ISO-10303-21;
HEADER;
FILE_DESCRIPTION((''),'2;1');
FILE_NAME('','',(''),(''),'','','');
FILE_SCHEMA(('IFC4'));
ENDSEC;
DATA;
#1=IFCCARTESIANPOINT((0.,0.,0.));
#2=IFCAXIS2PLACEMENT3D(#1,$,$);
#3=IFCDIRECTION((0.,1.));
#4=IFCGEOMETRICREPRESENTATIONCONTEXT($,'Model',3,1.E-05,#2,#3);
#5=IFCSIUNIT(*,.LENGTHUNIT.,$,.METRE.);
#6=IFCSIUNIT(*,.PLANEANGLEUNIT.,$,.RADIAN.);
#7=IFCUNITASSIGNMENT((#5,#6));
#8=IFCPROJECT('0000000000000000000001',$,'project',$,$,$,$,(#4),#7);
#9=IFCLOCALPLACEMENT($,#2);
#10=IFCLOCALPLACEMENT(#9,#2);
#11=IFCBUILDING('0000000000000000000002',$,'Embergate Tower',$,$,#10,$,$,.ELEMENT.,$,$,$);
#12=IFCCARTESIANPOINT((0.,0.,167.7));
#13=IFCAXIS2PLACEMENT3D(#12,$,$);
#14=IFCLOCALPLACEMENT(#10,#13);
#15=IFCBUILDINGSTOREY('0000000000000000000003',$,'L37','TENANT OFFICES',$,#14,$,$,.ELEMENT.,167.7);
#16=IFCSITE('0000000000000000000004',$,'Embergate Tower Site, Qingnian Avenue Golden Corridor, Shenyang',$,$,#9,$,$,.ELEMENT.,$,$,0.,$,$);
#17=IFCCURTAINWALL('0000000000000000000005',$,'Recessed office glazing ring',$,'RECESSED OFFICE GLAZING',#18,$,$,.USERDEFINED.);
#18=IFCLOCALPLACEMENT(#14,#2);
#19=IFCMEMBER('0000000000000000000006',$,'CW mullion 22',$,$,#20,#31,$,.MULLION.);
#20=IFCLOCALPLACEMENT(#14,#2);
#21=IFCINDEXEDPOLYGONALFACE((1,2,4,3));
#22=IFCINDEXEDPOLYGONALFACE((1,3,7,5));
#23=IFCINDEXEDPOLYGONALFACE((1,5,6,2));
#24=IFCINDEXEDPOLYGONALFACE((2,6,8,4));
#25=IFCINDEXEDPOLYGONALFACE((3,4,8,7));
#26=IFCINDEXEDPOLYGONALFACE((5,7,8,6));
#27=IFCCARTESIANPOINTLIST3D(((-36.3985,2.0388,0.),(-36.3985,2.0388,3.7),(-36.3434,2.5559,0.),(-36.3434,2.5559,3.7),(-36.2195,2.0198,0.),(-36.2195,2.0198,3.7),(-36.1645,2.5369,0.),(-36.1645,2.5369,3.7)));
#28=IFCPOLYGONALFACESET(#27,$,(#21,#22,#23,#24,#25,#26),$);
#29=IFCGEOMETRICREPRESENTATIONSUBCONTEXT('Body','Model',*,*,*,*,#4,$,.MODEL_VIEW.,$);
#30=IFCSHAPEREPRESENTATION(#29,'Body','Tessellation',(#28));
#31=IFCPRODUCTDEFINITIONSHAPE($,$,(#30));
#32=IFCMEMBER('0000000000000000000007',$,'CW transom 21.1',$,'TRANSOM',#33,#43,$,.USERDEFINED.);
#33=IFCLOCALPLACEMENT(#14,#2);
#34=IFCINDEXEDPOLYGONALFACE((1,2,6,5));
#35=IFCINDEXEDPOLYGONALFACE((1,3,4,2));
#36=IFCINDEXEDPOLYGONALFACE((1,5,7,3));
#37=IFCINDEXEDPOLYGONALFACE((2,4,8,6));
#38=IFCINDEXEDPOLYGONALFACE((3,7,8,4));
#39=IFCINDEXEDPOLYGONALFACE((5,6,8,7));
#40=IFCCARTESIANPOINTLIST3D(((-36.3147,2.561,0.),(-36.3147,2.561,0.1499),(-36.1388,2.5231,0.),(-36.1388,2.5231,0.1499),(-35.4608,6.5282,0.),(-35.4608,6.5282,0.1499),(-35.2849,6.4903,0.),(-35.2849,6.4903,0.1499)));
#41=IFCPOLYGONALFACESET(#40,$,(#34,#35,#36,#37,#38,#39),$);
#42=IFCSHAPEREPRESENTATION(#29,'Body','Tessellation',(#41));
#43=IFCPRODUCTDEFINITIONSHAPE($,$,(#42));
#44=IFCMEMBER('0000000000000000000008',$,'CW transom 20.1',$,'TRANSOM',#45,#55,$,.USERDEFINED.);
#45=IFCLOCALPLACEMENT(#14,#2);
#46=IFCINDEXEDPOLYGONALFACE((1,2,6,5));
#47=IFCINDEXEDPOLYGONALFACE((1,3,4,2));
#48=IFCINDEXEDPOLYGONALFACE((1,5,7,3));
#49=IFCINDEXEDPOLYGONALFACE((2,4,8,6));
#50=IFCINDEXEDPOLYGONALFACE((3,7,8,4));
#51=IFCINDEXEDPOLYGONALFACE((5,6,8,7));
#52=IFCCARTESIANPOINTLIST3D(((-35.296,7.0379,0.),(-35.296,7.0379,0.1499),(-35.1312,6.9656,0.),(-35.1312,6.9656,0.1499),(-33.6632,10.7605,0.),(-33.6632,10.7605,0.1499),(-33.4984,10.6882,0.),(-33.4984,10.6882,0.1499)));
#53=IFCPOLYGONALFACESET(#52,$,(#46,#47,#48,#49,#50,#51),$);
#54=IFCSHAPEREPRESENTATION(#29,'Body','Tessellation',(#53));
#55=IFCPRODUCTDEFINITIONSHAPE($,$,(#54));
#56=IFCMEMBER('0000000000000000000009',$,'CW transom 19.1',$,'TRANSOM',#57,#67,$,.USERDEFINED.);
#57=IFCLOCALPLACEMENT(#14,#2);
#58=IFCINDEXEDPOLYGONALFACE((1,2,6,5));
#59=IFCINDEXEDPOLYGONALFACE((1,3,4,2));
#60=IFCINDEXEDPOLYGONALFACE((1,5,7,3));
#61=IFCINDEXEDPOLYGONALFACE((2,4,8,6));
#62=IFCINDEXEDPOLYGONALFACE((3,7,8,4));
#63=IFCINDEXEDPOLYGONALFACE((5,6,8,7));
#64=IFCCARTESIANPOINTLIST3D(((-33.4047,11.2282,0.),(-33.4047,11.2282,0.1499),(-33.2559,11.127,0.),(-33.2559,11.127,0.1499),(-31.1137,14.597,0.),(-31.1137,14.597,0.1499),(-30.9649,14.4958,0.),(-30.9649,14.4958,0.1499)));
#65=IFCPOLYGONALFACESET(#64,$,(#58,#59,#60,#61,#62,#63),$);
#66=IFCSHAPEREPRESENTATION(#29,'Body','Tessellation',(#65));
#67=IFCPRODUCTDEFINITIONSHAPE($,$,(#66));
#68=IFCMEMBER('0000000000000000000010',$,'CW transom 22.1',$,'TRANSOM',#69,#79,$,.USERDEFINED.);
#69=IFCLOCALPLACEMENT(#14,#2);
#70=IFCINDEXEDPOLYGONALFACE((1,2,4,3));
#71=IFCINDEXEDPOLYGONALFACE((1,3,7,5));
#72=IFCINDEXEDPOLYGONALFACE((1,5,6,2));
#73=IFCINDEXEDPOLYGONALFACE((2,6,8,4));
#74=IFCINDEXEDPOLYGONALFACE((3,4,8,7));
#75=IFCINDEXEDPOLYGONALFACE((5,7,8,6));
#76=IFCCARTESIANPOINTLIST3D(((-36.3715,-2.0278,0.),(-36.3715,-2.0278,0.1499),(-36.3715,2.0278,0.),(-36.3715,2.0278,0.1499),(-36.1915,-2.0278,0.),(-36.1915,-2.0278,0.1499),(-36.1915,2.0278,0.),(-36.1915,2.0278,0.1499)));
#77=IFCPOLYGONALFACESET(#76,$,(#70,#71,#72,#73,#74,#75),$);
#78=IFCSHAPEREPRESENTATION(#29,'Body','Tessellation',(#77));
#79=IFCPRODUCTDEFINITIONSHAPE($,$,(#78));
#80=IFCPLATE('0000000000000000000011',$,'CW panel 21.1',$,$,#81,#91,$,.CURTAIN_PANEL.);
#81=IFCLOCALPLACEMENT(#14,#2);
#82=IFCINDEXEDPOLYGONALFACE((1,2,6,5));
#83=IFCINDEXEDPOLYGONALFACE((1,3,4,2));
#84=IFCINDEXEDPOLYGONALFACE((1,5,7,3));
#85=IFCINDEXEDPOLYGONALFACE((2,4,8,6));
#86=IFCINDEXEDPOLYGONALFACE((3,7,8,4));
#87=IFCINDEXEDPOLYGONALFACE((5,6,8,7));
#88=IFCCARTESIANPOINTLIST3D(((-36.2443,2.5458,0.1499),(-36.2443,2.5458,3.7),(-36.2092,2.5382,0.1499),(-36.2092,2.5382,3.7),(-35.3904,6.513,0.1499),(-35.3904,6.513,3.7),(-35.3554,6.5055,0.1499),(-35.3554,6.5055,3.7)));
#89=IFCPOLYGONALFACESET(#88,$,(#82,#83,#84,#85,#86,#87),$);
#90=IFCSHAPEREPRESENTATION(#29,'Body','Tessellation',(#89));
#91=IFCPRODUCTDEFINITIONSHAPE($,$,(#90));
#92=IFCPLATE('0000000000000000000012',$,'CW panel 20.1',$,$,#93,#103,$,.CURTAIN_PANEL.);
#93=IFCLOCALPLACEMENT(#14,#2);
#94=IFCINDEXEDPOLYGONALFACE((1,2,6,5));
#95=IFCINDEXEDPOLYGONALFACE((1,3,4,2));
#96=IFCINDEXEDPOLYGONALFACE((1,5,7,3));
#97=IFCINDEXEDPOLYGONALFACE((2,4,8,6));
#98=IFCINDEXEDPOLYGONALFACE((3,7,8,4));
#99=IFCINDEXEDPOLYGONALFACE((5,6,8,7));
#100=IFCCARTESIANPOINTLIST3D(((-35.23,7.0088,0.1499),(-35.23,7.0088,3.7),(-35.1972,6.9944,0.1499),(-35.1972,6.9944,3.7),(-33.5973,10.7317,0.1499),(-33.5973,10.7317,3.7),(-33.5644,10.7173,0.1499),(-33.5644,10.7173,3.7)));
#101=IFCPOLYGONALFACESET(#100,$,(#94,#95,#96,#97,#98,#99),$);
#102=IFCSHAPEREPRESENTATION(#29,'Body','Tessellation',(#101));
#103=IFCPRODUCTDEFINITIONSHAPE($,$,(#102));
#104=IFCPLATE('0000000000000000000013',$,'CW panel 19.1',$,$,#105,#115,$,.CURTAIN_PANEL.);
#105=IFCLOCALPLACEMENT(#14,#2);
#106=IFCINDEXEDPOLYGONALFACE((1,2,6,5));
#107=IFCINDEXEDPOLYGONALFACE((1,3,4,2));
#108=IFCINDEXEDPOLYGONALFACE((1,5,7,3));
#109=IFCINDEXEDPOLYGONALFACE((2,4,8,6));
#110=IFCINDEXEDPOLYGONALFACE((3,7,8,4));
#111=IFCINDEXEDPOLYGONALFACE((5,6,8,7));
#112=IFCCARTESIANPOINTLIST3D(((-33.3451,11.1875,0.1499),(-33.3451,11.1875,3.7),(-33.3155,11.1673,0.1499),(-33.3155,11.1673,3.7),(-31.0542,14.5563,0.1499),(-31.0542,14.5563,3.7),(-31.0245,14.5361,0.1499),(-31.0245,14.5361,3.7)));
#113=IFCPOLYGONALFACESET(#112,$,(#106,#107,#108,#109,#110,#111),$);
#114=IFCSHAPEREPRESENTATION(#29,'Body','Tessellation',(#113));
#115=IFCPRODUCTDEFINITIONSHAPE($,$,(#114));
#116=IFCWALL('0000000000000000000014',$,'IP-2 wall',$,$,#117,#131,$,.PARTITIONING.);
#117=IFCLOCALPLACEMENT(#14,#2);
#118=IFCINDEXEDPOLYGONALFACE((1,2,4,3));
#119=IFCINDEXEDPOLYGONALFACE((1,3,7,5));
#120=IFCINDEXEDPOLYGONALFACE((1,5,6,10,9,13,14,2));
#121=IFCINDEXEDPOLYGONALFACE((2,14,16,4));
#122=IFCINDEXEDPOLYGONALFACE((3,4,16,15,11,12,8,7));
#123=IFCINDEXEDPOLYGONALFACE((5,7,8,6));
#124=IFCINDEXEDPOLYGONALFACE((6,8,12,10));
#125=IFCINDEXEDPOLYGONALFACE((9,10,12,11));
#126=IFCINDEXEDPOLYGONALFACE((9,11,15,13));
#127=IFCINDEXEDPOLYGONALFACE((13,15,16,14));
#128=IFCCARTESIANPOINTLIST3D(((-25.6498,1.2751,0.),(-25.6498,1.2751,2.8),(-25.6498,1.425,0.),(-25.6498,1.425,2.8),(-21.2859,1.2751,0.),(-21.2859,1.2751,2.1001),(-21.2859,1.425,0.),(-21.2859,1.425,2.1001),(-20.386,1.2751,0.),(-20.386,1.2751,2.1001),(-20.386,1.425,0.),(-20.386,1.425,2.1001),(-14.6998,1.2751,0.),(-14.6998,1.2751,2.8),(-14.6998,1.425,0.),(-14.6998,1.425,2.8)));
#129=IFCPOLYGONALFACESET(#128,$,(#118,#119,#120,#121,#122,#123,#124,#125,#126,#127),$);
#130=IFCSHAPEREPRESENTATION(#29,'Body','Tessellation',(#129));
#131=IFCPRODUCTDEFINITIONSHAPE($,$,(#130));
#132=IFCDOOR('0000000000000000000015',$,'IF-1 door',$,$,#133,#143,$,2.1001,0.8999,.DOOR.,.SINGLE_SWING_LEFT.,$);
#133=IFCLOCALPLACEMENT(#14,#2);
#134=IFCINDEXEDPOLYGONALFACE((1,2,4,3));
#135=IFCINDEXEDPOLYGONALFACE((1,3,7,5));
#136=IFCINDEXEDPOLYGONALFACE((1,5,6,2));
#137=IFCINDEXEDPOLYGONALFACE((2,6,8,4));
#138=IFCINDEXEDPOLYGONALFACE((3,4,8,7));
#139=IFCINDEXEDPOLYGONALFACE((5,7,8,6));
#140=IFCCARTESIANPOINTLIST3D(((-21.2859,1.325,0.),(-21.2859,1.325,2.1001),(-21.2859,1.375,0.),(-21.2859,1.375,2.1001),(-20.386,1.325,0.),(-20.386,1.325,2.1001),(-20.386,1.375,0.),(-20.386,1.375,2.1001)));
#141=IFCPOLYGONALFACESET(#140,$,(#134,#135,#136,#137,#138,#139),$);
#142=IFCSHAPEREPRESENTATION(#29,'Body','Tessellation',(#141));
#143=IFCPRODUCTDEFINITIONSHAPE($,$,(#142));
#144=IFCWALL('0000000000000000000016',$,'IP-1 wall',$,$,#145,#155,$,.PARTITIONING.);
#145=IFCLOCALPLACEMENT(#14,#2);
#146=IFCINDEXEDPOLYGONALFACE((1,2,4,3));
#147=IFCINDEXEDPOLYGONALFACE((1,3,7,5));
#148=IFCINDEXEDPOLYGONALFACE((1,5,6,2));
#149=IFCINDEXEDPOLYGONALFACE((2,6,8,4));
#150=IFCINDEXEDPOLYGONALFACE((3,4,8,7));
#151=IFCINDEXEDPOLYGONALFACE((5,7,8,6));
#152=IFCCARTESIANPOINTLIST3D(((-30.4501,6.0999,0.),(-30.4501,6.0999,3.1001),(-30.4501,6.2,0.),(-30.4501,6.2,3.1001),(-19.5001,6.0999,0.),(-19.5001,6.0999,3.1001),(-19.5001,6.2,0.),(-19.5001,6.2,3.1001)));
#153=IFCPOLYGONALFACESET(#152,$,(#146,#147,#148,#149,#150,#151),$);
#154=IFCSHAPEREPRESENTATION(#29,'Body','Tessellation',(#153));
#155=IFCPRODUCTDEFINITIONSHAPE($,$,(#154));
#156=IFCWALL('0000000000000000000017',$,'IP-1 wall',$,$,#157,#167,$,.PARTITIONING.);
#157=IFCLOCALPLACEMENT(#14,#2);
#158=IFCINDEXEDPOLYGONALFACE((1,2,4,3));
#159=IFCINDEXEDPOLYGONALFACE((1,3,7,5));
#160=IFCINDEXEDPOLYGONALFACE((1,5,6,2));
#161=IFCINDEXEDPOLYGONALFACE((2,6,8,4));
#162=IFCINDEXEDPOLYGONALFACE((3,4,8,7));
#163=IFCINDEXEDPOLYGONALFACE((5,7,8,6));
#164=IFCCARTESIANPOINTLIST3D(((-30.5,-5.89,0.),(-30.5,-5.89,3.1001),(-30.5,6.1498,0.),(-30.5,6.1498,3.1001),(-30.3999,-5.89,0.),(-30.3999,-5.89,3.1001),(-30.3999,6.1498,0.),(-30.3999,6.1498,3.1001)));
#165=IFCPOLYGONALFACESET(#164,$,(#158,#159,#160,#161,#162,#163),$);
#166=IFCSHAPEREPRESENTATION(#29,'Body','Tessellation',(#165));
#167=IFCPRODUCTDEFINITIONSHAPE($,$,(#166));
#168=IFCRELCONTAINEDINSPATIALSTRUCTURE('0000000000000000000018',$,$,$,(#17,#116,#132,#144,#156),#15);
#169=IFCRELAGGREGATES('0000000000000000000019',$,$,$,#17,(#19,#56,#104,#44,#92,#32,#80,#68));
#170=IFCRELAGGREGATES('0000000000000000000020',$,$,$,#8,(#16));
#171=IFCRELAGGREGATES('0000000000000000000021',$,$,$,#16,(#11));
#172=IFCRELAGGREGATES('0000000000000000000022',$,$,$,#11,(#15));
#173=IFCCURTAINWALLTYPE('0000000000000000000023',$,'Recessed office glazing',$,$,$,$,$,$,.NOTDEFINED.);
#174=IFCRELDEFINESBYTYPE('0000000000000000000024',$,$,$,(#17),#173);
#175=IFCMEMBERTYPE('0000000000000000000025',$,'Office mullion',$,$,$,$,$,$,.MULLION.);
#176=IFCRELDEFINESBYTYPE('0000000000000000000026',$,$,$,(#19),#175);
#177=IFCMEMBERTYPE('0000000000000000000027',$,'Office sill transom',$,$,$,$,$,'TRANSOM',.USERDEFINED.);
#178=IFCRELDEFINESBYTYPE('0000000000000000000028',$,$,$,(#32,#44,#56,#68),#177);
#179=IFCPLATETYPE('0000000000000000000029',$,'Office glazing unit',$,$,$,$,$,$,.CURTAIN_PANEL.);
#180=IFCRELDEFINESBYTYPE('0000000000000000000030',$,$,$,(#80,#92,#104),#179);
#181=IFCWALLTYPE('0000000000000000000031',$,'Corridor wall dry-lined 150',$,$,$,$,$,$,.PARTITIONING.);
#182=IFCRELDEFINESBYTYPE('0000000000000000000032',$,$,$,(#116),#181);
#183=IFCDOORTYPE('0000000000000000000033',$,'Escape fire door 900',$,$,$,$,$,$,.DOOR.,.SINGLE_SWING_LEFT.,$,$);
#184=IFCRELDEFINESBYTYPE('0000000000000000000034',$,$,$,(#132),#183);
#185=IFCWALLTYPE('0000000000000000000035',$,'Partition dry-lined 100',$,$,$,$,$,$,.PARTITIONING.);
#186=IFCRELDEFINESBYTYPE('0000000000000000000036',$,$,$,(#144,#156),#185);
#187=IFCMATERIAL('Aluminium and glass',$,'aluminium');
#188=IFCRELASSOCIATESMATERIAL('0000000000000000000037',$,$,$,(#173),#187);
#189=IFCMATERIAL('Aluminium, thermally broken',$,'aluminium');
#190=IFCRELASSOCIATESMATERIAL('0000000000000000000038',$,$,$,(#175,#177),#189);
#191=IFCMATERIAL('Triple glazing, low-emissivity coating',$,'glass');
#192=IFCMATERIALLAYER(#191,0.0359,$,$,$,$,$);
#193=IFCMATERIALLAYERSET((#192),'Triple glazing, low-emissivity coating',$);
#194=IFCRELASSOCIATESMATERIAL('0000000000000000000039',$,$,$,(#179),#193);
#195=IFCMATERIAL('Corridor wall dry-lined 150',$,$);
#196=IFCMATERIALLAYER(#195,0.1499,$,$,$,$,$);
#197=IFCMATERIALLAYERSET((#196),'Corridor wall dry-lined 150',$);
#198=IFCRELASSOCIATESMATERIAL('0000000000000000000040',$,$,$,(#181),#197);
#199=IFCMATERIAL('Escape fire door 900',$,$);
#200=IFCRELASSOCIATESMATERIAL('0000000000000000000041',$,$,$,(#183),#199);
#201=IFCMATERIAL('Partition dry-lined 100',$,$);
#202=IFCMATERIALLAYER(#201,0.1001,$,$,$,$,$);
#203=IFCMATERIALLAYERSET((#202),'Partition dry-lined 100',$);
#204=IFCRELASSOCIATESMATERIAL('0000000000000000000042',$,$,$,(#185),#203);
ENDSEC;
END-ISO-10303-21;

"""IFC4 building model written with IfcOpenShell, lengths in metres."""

from ifc_helpers import new_model, si_unit, direction, frame, frame_2d, origin, origin_2d, place, context, subcontext, project, spatial, rectangle, extrude, source, transform, mapped, material, layer, layer_set, material_profile, profile_set, type_object, element, fill, aggregate, save


model = new_model("IFC4")

# Units and contexts
model_context = context("Model", 3, precision=1e-05, world=origin(), true_north=direction((0.0, 1.0)))
body_context = subcontext(model_context, "Body", "Model", "MODEL_VIEW")
ifc_project = project(units=[si_unit("LENGTHUNIT", "METRE"), si_unit("PLANEANGLEUNIT", "RADIAN")], contexts=[model_context])

# Site, building, storey
site_placement = place(None, origin())
site = spatial("IfcSite", under=ifc_project, at=site_placement, Name="Embergate Tower Site, Qingnian Avenue Golden Corridor, Shenyang", CompositionType="ELEMENT", RefElevation=0.0)
building_placement = place(site_placement, origin())
building = spatial("IfcBuilding", under=site, at=building_placement, Name="Embergate Tower", CompositionType="ELEMENT")
storey_placement = place(building_placement, frame((0.0, 0.0, 167.7)))
storey = spatial("IfcBuildingStorey", under=building, at=storey_placement, Name="L37", Description="TENANT OFFICES", CompositionType="ELEMENT", Elevation=167.7)

# Curtain wall, members, plates
ifc_material_1 = material(Name="Aluminium and glass", Category="aluminium")
curtain_wall_type = type_object("IfcCurtainWallType", Name="Recessed office glazing", PredefinedType="NOTDEFINED", material=ifc_material_1)
curtain_wall_placement = place(storey_placement, origin())
curtain_wall = element("IfcCurtainWall", 1, at=curtain_wall_placement, inside=storey, type_object=curtain_wall_type, Name="Recessed office glazing ring", ObjectType="RECESSED OFFICE GLAZING", PredefinedType="USERDEFINED")
ifc_material_2 = material(Name="Aluminium, thermally broken", Category="aluminium")
ifc_material_profile_1 = material_profile(ifc_material_2, rectangle(XDim=0.1799, YDim=0.52, at=origin_2d()), Name="AL 520x180")
ifc_profile_set_1 = profile_set([ifc_material_profile_1], Name="Aluminium, thermally broken")
member_type_1 = type_object("IfcMemberType", Name="Office mullion", PredefinedType="MULLION", material=ifc_profile_set_1)
shared_shape_1 = source(origin(), body_context, "Body", "SweptSolid", [
    extrude(rectangle(XDim=0.1799, YDim=0.52, at=origin_2d()), origin(), (0.0, 0.0, 1.0), 3.7),
])
member_1_placement = place(storey_placement, frame((-36.2815, 2.2878, 0.0), z_axis=(0.0, 0.0, 1.0), x_axis=(0.994385, -0.105823, 0.0)))
member_1 = element("IfcMember", 2, at=member_1_placement, type_object=member_type_1, Name="CW mullion 22", PredefinedType="MULLION", context=body_context, shape_type="MappedRepresentation", body=[
    mapped(shared_shape_1, transform((0.0, 0.0, 0.0))),
])
ifc_material_profile_2 = material_profile(ifc_material_2, rectangle(XDim=0.1799, YDim=0.1499, at=origin_2d()), Name="AL 150x180")
ifc_profile_set_2 = profile_set([ifc_material_profile_2], Name="Aluminium, thermally broken")
member_type_2 = type_object("IfcMemberType", Name="Office sill transom", ElementType="TRANSOM", PredefinedType="USERDEFINED", material=ifc_profile_set_2)
shared_shape_2 = source(origin(), body_context, "Body", "SweptSolid", [
    extrude(rectangle(XDim=0.1799, YDim=0.1499, at=origin_2d()), origin(), (0.0, 0.0, 1.0), 4.0581),
])
member_2_placement = place(storey_placement, frame((-35.3728, 6.5093, 0.075), z_axis=(-0.210441, -0.977607, 0.0), x_axis=(0.977607, -0.210441, 0.0)))
member_2 = element("IfcMember", 3, at=member_2_placement, type_object=member_type_2, Name="CW transom 21.1", ObjectType="TRANSOM", PredefinedType="USERDEFINED", context=body_context, shape_type="MappedRepresentation", body=[
    mapped(shared_shape_2, transform((0.0, 0.0, 0.0))),
])
shared_shape_3 = source(origin(), body_context, "Body", "SweptSolid", [
    extrude(rectangle(XDim=0.1799, YDim=0.1499, at=origin_2d()), origin(), (0.0, 0.0, 1.0), 4.0649),
])
member_3_placement = place(storey_placement, frame((-33.5808, 10.7244, 0.075), z_axis=(-0.401676, -0.915782, 0.0), x_axis=(0.915782, -0.401676, 0.0)))
member_3 = element("IfcMember", 4, at=member_3_placement, type_object=member_type_2, Name="CW transom 20.1", ObjectType="TRANSOM", PredefinedType="USERDEFINED", context=body_context, shape_type="MappedRepresentation", body=[
    mapped(shared_shape_3, transform((0.0, 0.0, 0.0))),
])
shared_shape_4 = source(origin(), body_context, "Body", "SweptSolid", [
    extrude(rectangle(XDim=0.1799, YDim=0.1499, at=origin_2d()), origin(), (0.0, 0.0, 1.0), 4.074),
])
member_4_placement = place(storey_placement, frame((-31.0393, 14.5464, 0.075), z_axis=(-0.562338, -0.826908, 0.0), x_axis=(0.826908, -0.562338, 0.0)))
member_4 = element("IfcMember", 5, at=member_4_placement, type_object=member_type_2, Name="CW transom 19.1", ObjectType="TRANSOM", PredefinedType="USERDEFINED", context=body_context, shape_type="MappedRepresentation", body=[
    mapped(shared_shape_4, transform((0.0, 0.0, 0.0))),
])
shared_shape_5 = source(origin(), body_context, "Body", "SweptSolid", [
    extrude(rectangle(XDim=0.1799, YDim=0.1499, at=origin_2d()), origin(), (0.0, 0.0, 1.0), 4.0557),
])
member_5_placement = place(storey_placement, frame((-36.2815, 2.0278, 0.075), z_axis=(0.0, -1.0, 0.0), x_axis=(1.0, 0.0, 0.0)))
member_5 = element("IfcMember", 6, at=member_5_placement, type_object=member_type_2, Name="CW transom 22.1", ObjectType="TRANSOM", PredefinedType="USERDEFINED", context=body_context, shape_type="MappedRepresentation", body=[
    mapped(shared_shape_5, transform((0.0, 0.0, 0.0))),
])
ifc_material_3 = material(Name="Triple glazing, low-emissivity coating", Category="glass")
ifc_layer_1 = layer(ifc_material_3, 0.0359)
ifc_layer_set_1 = layer_set([ifc_layer_1], Name="Triple glazing, low-emissivity coating")
plate_type = type_object("IfcPlateType", Name="Office glazing unit", PredefinedType="CURTAIN_PANEL", material=ifc_layer_set_1)
shared_shape_6 = source(origin(), body_context, "Body", "SweptSolid", [
    extrude(rectangle(XDim=4.0581, YDim=0.0359, at=origin_2d()), origin(), (0.0, 0.0, 1.0), 3.55),
])
plate_1_placement = place(storey_placement, frame((-35.7998, 4.5256, 0.1499), z_axis=(0.0, 0.0, 1.0), x_axis=(-0.210398, -0.977616, 0.0)))
plate_1 = element("IfcPlate", 7, at=plate_1_placement, type_object=plate_type, Name="CW panel 21.1", PredefinedType="CURTAIN_PANEL", context=body_context, shape_type="MappedRepresentation", body=[
    mapped(shared_shape_6, transform((0.0, 0.0, 0.0))),
])
shared_shape_7 = source(origin(), body_context, "Body", "SweptSolid", [
    extrude(rectangle(XDim=4.0652, YDim=0.0359, at=origin_2d()), origin(), (0.0, 0.0, 1.0), 3.55),
])
plate_2_placement = place(storey_placement, frame((-34.3972, 8.863, 0.1499), z_axis=(0.0, 0.0, 1.0), x_axis=(-0.401652, -0.915792, 0.0)))
plate_2 = element("IfcPlate", 8, at=plate_2_placement, type_object=plate_type, Name="CW panel 20.1", PredefinedType="CURTAIN_PANEL", context=body_context, shape_type="MappedRepresentation", body=[
    mapped(shared_shape_7, transform((0.0, 0.0, 0.0))),
])
shared_shape_8 = source(origin(), body_context, "Body", "SweptSolid", [
    extrude(rectangle(XDim=4.074, YDim=0.0359, at=origin_2d()), origin(), (0.0, 0.0, 1.0), 3.55),
])
plate_3_placement = place(storey_placement, frame((-32.1848, 12.8618, 0.1499), z_axis=(0.0, 0.0, 1.0), x_axis=(-0.562342, -0.826905, 0.0)))
plate_3 = element("IfcPlate", 9, at=plate_3_placement, type_object=plate_type, Name="CW panel 19.1", PredefinedType="CURTAIN_PANEL", context=body_context, shape_type="MappedRepresentation", body=[
    mapped(shared_shape_8, transform((0.0, 0.0, 0.0))),
])
aggregate(curtain_wall, [member_1, member_4, plate_3, member_3, plate_2, member_2, plate_1, member_5])

# Wall, opening, door
ifc_material_4 = material(Name="Corridor wall dry-lined 150")
ifc_layer_2 = layer(ifc_material_4, 0.1499)
ifc_layer_set_2 = layer_set([ifc_layer_2], Name="Corridor wall dry-lined 150")
wall_type_1 = type_object("IfcWallType", Name="Corridor wall dry-lined 150", PredefinedType="PARTITIONING", material=ifc_layer_set_2)
shared_shape_9 = source(origin(), body_context, "Body", "SweptSolid", [
    extrude(rectangle(XDim=10.95, YDim=0.1499, at=frame_2d((5.4751, 0.0))), origin(), (0.0, 0.0, 1.0), 2.8),
])
wall_1_placement = place(storey_placement, frame((-25.6499, 1.3501, 0.0), z_axis=(0.0, 0.0, 1.0), x_axis=(1.0, 0.0, 0.0)))
wall_1 = element("IfcWall", 10, at=wall_1_placement, inside=storey, type_object=wall_type_1, Name="IP-2 wall", PredefinedType="PARTITIONING", context=body_context, shape_type="MappedRepresentation", body=[
    mapped(shared_shape_9, transform((0.0, 0.0, 0.0))),
])
shared_shape_10 = source(origin(), body_context, "Body", "SweptSolid", [
    extrude(rectangle(XDim=0.8999, YDim=2.1001, at=frame_2d((0.45, 1.05))), frame((0.0, 0.085, 0.0), z_axis=(0.0, -1.0, 0.0), x_axis=(1.0, 0.0, 0.0)), (0.0, 0.0, 1.0), 0.1699),
])
opening_placement = place(wall_1_placement, frame((4.364, 0.0, 0.0)))
opening = element("IfcOpeningElement", 11, at=opening_placement, cuts=wall_1, PredefinedType="OPENING", context=body_context, shape_type="MappedRepresentation", body=[
    mapped(shared_shape_10, transform((0.0, 0.0, 0.0))),
])
ifc_material_5 = material(Name="Escape fire door 900")
door_type = type_object("IfcDoorType", Name="Escape fire door 900", OperationType="SINGLE_SWING_LEFT", PredefinedType="DOOR", material=ifc_material_5)
shared_shape_11 = source(origin(), body_context, "Body", "SweptSolid", [
    extrude(rectangle(XDim=0.8999, YDim=2.1001, at=frame_2d((0.45, 1.05))), frame((0.0, 0.0249, 0.0), z_axis=(0.0, -1.0, 0.0), x_axis=(1.0, 0.0, 0.0)), (0.0, 0.0, 1.0), 0.05),
])
door_placement = place(opening_placement, origin())
door = element("IfcDoor", 12, at=door_placement, inside=storey, type_object=door_type, Name="IF-1 door", OperationType="SINGLE_SWING_LEFT", OverallHeight=2.1001, OverallWidth=0.8999, PredefinedType="DOOR", context=body_context, shape_type="MappedRepresentation", body=[
    mapped(shared_shape_11, transform((0.0, 0.0, 0.0))),
])
fill(opening, door)

# Walls
ifc_material_6 = material(Name="Partition dry-lined 100")
ifc_layer_3 = layer(ifc_material_6, 0.1001)
ifc_layer_set_3 = layer_set([ifc_layer_3], Name="Partition dry-lined 100")
wall_type_2 = type_object("IfcWallType", Name="Partition dry-lined 100", PredefinedType="PARTITIONING", material=ifc_layer_set_3)
shared_shape_12 = source(origin(), body_context, "Body", "SweptSolid", [
    extrude(rectangle(XDim=10.95, YDim=0.1001, at=frame_2d((5.4751, 0.0))), origin(), (0.0, 0.0, 1.0), 3.1001),
])
wall_2_placement = place(storey_placement, frame((-19.5, 6.1499, 0.0), z_axis=(0.0, 0.0, 1.0), x_axis=(-1.0, 0.0, 0.0)))
element("IfcWall", 13, at=wall_2_placement, inside=storey, type_object=wall_type_2, Name="IP-1 wall", PredefinedType="PARTITIONING", context=body_context, shape_type="MappedRepresentation", body=[
    mapped(shared_shape_12, transform((0.0, 0.0, 0.0))),
])
shared_shape_13 = source(origin(), body_context, "Body", "SweptSolid", [
    extrude(rectangle(XDim=12.0398, YDim=0.1001, at=frame_2d((6.02, 0.0))), origin(), (0.0, 0.0, 1.0), 3.1001),
])
wall_3_placement = place(storey_placement, frame((-30.45, 6.1499, 0.0), z_axis=(0.0, 0.0, 1.0), x_axis=(0.0, -1.0, 0.0)))
element("IfcWall", 14, at=wall_3_placement, inside=storey, type_object=wall_type_2, Name="IP-1 wall", PredefinedType="PARTITIONING", context=body_context, shape_type="MappedRepresentation", body=[
    mapped(shared_shape_13, transform((0.0, 0.0, 0.0))),
])

save(model, "model.ifc")
